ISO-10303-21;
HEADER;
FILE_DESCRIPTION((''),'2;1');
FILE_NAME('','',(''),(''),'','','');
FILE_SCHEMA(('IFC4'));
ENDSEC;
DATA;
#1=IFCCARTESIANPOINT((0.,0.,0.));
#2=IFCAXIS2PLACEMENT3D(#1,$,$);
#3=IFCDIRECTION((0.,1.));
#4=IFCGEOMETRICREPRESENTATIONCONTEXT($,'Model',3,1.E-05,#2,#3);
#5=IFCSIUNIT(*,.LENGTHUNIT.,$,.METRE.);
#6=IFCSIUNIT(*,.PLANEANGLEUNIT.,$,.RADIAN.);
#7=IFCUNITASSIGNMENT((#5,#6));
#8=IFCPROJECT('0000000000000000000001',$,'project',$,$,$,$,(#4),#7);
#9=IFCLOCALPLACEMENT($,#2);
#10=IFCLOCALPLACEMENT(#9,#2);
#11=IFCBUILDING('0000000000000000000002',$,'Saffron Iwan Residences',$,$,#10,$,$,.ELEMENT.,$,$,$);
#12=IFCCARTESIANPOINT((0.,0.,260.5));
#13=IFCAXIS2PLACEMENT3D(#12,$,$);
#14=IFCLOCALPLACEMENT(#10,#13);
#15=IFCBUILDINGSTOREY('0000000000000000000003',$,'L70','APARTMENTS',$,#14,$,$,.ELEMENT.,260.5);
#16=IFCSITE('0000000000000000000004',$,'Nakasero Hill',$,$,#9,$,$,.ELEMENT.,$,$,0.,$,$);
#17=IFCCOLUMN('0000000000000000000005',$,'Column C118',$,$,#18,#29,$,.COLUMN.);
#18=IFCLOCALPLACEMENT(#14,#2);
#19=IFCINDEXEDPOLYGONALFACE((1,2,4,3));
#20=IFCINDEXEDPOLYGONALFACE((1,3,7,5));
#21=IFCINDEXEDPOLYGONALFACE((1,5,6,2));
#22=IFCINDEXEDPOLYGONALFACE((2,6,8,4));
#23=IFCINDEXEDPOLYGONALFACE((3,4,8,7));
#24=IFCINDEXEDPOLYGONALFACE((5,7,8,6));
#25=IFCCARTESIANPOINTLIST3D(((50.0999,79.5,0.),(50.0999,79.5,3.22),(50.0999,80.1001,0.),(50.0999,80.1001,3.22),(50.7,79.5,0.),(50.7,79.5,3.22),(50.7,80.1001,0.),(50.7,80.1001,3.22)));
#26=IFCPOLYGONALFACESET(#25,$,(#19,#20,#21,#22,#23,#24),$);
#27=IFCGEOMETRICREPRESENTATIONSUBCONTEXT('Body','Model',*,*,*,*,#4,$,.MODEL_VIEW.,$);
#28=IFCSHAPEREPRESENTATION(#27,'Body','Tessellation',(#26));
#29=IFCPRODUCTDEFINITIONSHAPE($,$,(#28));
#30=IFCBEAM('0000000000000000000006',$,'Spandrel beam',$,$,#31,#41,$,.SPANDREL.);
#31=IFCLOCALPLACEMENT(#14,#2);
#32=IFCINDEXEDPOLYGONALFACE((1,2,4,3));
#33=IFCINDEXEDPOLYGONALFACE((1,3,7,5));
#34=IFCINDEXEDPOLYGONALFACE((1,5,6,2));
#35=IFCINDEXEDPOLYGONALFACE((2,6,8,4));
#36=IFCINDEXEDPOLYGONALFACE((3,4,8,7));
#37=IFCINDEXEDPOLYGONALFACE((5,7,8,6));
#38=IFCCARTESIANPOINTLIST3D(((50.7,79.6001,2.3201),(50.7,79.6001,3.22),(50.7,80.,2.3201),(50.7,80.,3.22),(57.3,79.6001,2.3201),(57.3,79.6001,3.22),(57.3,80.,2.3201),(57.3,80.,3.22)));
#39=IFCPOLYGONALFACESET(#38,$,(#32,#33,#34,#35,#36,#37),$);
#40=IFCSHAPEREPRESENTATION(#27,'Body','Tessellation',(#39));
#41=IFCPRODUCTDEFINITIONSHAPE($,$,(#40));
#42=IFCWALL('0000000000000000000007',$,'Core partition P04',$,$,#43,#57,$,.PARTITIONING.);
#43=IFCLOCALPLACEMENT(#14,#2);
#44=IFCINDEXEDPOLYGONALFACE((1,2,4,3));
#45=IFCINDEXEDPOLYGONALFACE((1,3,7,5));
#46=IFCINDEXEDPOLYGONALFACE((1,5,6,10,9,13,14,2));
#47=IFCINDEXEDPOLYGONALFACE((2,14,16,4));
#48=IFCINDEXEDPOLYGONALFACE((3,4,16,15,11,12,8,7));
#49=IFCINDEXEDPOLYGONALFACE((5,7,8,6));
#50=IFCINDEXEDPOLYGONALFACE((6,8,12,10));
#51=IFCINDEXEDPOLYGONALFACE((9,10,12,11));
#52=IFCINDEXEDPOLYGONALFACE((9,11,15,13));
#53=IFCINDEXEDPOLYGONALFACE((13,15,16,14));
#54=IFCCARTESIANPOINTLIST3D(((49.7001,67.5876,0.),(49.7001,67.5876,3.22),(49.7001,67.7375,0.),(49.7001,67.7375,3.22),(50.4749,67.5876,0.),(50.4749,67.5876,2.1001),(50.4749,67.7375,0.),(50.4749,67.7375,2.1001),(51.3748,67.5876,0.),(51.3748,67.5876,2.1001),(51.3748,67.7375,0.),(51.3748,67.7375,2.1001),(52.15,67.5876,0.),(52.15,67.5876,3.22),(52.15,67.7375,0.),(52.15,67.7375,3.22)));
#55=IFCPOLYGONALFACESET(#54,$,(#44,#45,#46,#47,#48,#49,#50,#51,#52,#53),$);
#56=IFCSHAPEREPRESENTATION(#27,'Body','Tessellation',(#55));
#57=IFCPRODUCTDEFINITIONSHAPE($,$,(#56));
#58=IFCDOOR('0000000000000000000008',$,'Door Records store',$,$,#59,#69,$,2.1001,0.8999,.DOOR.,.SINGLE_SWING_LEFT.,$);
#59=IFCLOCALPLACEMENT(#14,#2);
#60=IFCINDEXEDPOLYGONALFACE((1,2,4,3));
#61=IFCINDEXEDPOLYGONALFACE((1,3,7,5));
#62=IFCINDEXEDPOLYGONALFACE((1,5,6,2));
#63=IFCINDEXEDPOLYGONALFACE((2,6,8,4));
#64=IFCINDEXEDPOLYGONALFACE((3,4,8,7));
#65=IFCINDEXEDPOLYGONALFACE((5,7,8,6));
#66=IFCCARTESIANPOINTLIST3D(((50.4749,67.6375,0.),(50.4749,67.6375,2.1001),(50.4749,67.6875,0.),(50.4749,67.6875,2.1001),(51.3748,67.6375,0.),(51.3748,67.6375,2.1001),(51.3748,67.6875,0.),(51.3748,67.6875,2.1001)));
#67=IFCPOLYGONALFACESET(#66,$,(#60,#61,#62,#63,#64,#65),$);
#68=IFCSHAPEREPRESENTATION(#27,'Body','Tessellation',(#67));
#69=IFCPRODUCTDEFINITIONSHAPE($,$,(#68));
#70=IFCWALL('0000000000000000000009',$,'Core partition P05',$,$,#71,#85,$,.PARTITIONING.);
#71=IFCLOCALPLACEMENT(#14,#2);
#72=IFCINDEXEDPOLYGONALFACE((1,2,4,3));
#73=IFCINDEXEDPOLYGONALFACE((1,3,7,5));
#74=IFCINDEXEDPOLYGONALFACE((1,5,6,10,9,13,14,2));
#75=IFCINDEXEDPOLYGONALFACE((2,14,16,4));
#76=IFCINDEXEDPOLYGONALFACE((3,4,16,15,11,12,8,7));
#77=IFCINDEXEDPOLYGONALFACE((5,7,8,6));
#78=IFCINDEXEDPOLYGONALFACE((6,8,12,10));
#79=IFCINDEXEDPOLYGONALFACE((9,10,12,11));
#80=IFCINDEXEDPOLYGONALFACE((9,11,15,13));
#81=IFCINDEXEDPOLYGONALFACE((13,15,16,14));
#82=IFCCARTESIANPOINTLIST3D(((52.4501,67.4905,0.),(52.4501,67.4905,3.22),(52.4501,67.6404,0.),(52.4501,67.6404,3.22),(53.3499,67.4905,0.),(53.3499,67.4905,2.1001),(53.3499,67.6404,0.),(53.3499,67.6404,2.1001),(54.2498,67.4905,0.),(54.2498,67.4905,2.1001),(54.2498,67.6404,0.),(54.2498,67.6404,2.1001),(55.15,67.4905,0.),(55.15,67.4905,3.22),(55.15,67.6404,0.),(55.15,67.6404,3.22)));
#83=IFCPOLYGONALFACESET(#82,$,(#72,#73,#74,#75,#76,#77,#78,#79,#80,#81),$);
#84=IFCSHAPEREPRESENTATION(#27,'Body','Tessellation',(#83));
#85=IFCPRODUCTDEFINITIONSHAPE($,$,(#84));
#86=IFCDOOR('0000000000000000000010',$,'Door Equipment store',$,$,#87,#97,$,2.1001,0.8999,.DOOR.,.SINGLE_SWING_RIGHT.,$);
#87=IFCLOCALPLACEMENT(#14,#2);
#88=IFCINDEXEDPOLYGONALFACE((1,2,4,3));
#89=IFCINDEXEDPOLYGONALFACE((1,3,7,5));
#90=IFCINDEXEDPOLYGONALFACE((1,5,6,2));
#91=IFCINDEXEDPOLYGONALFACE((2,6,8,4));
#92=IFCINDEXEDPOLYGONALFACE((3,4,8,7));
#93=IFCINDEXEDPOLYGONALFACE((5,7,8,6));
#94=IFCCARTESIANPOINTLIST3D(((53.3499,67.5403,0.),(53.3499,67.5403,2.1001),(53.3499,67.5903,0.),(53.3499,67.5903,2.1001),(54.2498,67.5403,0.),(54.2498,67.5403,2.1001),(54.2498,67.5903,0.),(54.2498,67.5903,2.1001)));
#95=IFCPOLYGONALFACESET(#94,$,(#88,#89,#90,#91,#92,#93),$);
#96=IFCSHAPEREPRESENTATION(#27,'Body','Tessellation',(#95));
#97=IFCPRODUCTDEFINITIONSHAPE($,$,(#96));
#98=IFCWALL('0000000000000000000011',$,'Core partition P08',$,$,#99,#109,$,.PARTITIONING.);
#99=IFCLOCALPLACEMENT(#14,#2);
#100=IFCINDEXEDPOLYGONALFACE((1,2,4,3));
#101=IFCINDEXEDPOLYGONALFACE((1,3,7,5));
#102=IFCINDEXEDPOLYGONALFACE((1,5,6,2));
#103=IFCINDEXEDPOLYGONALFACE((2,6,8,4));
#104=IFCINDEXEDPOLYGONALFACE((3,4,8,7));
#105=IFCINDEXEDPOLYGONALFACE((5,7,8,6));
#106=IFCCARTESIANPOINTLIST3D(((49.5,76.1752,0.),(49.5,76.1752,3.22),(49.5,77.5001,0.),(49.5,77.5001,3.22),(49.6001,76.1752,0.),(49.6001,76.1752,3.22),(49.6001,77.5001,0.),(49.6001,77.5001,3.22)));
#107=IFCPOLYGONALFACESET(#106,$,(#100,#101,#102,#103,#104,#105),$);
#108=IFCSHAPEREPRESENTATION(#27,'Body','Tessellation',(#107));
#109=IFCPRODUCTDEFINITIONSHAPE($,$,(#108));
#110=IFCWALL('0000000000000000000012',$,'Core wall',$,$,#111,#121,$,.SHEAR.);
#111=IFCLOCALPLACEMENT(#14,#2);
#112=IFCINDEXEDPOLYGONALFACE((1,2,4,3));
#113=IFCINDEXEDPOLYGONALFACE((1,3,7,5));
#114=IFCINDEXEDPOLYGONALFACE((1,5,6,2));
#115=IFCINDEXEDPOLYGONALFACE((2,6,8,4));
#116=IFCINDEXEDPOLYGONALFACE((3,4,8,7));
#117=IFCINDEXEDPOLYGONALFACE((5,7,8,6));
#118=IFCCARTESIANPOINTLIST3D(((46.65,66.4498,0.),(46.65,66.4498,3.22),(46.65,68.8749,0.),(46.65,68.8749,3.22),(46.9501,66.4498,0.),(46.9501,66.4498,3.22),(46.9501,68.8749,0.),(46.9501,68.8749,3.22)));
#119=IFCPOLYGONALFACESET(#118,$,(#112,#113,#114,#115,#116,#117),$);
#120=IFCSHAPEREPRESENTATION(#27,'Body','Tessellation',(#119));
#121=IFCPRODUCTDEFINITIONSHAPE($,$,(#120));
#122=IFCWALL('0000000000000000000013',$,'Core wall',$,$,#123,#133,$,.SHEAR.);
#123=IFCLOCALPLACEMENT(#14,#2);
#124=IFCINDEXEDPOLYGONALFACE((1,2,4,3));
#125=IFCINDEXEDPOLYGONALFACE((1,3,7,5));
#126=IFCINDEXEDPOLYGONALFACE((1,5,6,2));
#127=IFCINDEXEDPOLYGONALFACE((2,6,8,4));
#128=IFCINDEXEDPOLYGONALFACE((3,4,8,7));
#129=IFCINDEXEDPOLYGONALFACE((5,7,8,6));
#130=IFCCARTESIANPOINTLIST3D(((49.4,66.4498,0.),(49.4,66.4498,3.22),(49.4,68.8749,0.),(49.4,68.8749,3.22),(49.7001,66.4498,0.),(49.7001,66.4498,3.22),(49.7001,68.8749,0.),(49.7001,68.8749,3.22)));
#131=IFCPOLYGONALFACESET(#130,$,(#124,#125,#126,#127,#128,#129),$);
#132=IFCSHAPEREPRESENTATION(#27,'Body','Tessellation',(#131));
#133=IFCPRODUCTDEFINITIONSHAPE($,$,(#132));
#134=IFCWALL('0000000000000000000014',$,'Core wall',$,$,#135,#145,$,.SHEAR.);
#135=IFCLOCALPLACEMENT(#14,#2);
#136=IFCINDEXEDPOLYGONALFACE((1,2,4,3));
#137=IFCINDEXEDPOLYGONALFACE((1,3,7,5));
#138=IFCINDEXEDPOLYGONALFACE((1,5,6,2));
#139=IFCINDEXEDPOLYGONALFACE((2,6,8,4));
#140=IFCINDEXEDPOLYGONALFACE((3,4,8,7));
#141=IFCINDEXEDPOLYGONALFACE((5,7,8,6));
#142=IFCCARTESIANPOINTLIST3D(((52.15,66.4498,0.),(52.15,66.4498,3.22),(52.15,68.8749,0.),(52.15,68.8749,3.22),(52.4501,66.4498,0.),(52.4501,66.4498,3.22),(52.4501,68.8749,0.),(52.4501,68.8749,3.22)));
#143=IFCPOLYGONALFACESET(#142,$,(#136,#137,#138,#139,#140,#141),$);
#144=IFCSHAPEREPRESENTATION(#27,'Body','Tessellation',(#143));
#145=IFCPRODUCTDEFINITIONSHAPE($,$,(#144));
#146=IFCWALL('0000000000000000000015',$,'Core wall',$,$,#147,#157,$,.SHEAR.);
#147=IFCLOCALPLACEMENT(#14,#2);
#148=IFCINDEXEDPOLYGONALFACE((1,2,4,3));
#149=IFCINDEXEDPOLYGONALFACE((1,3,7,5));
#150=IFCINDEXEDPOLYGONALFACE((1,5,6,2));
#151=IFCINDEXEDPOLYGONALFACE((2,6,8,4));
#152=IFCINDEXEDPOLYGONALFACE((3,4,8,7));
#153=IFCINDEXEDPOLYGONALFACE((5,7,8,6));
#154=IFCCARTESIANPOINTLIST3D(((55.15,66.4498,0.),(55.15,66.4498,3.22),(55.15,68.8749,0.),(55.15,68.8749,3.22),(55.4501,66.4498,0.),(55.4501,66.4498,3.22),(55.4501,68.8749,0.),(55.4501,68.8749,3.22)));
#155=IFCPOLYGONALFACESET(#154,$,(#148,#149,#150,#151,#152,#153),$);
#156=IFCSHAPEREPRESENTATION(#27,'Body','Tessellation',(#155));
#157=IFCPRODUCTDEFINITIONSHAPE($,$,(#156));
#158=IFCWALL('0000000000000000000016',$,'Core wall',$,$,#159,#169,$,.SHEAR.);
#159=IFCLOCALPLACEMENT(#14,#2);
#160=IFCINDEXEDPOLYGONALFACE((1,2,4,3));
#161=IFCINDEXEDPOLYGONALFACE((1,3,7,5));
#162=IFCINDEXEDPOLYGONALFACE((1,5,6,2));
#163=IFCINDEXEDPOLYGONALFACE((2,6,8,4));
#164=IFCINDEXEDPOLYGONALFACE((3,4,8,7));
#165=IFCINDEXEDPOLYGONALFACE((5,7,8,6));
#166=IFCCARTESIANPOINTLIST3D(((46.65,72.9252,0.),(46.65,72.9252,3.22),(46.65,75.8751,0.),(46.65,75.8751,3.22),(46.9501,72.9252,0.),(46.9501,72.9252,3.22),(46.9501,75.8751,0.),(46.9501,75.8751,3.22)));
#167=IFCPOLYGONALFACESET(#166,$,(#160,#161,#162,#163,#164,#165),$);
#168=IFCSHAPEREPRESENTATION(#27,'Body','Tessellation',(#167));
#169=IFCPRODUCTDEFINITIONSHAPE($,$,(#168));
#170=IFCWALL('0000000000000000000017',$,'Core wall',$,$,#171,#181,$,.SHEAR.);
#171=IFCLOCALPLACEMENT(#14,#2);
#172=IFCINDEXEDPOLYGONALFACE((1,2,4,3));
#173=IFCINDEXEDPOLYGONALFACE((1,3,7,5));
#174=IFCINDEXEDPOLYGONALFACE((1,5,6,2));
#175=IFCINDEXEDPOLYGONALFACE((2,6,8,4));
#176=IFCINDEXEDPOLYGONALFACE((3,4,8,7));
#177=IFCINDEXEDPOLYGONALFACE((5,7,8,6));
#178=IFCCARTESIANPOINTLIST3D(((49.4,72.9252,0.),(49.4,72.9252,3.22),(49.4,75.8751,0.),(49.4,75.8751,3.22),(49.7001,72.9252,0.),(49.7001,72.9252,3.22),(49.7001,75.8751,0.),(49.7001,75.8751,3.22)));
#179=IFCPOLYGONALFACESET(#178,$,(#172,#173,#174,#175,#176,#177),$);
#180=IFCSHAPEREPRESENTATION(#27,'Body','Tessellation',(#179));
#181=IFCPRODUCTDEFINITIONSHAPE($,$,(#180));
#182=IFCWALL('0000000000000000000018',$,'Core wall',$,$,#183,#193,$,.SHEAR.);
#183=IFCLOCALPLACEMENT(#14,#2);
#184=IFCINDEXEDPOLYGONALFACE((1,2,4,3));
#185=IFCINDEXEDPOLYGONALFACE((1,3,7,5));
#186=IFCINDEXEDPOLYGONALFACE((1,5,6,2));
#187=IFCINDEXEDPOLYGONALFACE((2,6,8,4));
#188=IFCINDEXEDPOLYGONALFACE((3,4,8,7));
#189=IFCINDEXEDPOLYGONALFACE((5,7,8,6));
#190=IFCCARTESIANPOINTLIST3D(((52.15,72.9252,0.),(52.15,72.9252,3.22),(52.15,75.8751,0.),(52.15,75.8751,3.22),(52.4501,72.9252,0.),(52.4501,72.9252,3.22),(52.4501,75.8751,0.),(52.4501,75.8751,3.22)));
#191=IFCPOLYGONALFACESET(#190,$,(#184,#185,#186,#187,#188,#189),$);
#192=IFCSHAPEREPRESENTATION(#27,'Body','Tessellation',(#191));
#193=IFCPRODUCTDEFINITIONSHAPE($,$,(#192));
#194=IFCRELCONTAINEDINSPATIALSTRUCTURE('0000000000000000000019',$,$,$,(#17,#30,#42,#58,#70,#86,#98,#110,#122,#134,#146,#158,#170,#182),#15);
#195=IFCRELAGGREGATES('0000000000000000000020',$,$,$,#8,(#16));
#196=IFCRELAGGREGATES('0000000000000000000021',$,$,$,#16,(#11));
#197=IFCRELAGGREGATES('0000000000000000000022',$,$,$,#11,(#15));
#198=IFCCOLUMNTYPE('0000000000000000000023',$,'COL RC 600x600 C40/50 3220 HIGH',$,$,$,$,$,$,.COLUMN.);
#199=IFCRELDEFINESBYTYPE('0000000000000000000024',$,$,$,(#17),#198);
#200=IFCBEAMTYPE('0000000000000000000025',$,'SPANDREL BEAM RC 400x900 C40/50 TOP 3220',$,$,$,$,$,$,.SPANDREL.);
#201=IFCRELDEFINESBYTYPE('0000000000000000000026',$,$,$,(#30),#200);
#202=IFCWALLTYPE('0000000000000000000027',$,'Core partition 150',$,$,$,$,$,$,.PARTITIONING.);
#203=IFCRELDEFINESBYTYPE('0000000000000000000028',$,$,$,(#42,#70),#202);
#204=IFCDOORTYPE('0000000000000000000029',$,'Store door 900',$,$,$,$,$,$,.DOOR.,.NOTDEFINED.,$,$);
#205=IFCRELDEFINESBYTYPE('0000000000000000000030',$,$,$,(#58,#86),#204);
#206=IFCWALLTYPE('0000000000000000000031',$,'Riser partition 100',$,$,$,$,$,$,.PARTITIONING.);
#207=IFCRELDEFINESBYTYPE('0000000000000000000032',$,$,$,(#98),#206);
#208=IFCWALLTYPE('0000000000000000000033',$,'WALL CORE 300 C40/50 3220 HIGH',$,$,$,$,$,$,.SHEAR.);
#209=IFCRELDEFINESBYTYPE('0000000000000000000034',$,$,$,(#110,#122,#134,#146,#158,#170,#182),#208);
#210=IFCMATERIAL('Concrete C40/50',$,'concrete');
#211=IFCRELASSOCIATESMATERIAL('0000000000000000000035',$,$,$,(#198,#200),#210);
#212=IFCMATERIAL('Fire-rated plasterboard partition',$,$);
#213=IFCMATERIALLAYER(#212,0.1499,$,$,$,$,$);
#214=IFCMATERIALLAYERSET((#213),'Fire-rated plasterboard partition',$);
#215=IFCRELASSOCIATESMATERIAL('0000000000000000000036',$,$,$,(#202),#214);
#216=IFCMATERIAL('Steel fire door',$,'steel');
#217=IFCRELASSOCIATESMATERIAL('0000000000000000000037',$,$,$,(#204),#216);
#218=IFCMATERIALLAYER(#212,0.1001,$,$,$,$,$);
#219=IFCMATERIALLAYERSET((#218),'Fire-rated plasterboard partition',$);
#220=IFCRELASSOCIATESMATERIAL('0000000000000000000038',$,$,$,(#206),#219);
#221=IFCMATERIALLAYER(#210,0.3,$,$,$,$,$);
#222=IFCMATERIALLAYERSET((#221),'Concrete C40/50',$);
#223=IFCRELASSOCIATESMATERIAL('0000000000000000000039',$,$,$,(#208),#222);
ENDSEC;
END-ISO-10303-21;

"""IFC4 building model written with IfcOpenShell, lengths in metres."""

from ifc_helpers import new_model, si_unit, direction, frame, frame_2d, origin, origin_2d, place, context, subcontext, project, spatial, rectangle, extrude, source, transform, mapped, material, layer, layer_set, material_profile, profile_set, type_object, element, fill, save


model = new_model("IFC4")

# Units and contexts
model_context = context("Model", 3, precision=1e-05, world=origin(), true_north=direction((0.0, 1.0)))
body_context = subcontext(model_context, "Body", "Model", "MODEL_VIEW")
ifc_project = project(units=[si_unit("LENGTHUNIT", "METRE"), si_unit("PLANEANGLEUNIT", "RADIAN")], contexts=[model_context])

# Site, building, storey
site_placement = place(None, origin())
site = spatial("IfcSite", under=ifc_project, at=site_placement, Name="Nakasero Hill", CompositionType="ELEMENT", RefElevation=0.0)
building_placement = place(site_placement, origin())
building = spatial("IfcBuilding", under=site, at=building_placement, Name="Saffron Iwan Residences", CompositionType="ELEMENT")
storey_placement = place(building_placement, frame((0.0, 0.0, 260.5)))
storey = spatial("IfcBuildingStorey", under=building, at=storey_placement, Name="L70", Description="APARTMENTS", CompositionType="ELEMENT", Elevation=260.5)

# Column
ifc_material_1 = material(Name="Concrete C40/50", Category="concrete")
ifc_material_profile_1 = material_profile(ifc_material_1, rectangle(XDim=0.6001, YDim=0.6001, at=origin_2d()), Name="RC 600x600")
ifc_profile_set_1 = profile_set([ifc_material_profile_1], Name="Concrete C40/50")
column_type = type_object("IfcColumnType", Name="COL RC 600x600 C40/50 3220 HIGH", PredefinedType="COLUMN", material=ifc_profile_set_1)
shared_shape_1 = source(origin(), body_context, "Body", "SweptSolid", [
    extrude(rectangle(XDim=0.6001, YDim=0.6001, at=origin_2d()), origin(), (0.0, 0.0, 1.0), 3.22),
])
column_placement = place(storey_placement, frame((50.3999, 79.8, 0.0), z_axis=(0.0, 0.0, 1.0), x_axis=(1.0, 0.0, 0.0)))
element("IfcColumn", 1, at=column_placement, inside=storey, type_object=column_type, Name="Column C118", PredefinedType="COLUMN", context=body_context, shape_type="MappedRepresentation", body=[
    mapped(shared_shape_1, transform((0.0, 0.0, 0.0))),
])

# Beam
ifc_material_profile_2 = material_profile(ifc_material_1, rectangle(XDim=0.3999, YDim=0.8999, at=origin_2d()), Name="RC 400x900")
ifc_profile_set_2 = profile_set([ifc_material_profile_2], Name="Concrete C40/50")
beam_type = type_object("IfcBeamType", Name="SPANDREL BEAM RC 400x900 C40/50 TOP 3220", PredefinedType="SPANDREL", material=ifc_profile_set_2)
shared_shape_2 = source(origin(), body_context, "Body", "SweptSolid", [
    extrude(rectangle(XDim=0.3999, YDim=0.8999, at=origin_2d()), origin(), (0.0, 0.0, 1.0), 6.6001),
])
beam_placement = place(storey_placement, frame((50.7, 79.8, 2.77), z_axis=(1.0, 0.0, 0.0), x_axis=(0.0, 1.0, 0.0)))
element("IfcBeam", 2, at=beam_placement, inside=storey, type_object=beam_type, Name="Spandrel beam", PredefinedType="SPANDREL", context=body_context, shape_type="MappedRepresentation", body=[
    mapped(shared_shape_2, transform((0.0, 0.0, 0.0))),
])

# Walls, openings, doors
ifc_material_2 = material(Name="Fire-rated plasterboard partition")
ifc_layer_1 = layer(ifc_material_2, 0.1499)
ifc_layer_set_1 = layer_set([ifc_layer_1], Name="Fire-rated plasterboard partition")
wall_type_1 = type_object("IfcWallType", Name="Core partition 150", PredefinedType="PARTITIONING", material=ifc_layer_set_1)
wall_1_placement = place(storey_placement, frame((49.7, 67.6626, 0.0), z_axis=(0.0, 0.0, 1.0), x_axis=(1.0, 0.0, 0.0)))
wall_1 = element("IfcWall", 3, at=wall_1_placement, inside=storey, type_object=wall_type_1, Name="Core partition P04", PredefinedType="PARTITIONING", context=body_context, shape_type="SweptSolid", body=[
    extrude(rectangle(XDim=2.45, YDim=0.1499, at=frame_2d((1.2251, 0.0))), origin(), (0.0, 0.0, 1.0), 3.22),
])
opening_1_placement = place(wall_1_placement, frame((0.7749, 0.0, 0.0)))
opening_1 = element("IfcOpeningElement", 4, at=opening_1_placement, cuts=wall_1, PredefinedType="OPENING", context=body_context, shape_type="SweptSolid", body=[
    extrude(rectangle(XDim=0.8999, YDim=2.1001, at=frame_2d((0.45, 1.05))), frame((0.0, 0.085, 0.0), z_axis=(0.0, -1.0, 0.0), x_axis=(1.0, 0.0, 0.0)), (0.0, 0.0, 1.0), 0.1699),
])
ifc_material_3 = material(Name="Steel fire door", Category="steel")
door_type = type_object("IfcDoorType", Name="Store door 900", OperationType="NOTDEFINED", PredefinedType="DOOR", material=ifc_material_3)
door_1_placement = place(opening_1_placement, origin())
door_1 = element("IfcDoor", 5, at=door_1_placement, inside=storey, type_object=door_type, Name="Door Records store", OperationType="SINGLE_SWING_LEFT", OverallHeight=2.1001, OverallWidth=0.8999, PredefinedType="DOOR", context=body_context, shape_type="SweptSolid", body=[
    extrude(rectangle(XDim=0.8999, YDim=2.1001, at=frame_2d((0.45, 1.05))), frame((0.0, 0.0249, 0.0), z_axis=(0.0, -1.0, 0.0), x_axis=(1.0, 0.0, 0.0)), (0.0, 0.0, 1.0), 0.05),
])
fill(opening_1, door_1)
wall_2_placement = place(storey_placement, frame((52.45, 67.5654, 0.0), z_axis=(0.0, 0.0, 1.0), x_axis=(1.0, 0.0, 0.0)))
wall_2 = element("IfcWall", 6, at=wall_2_placement, inside=storey, type_object=wall_type_1, Name="Core partition P05", PredefinedType="PARTITIONING", context=body_context, shape_type="SweptSolid", body=[
    extrude(rectangle(XDim=2.7, YDim=0.1499, at=frame_2d((1.3501, 0.0))), origin(), (0.0, 0.0, 1.0), 3.22),
])
opening_2_placement = place(wall_2_placement, frame((0.8999, 0.0, 0.0)))
opening_2 = element("IfcOpeningElement", 7, at=opening_2_placement, cuts=wall_2, PredefinedType="OPENING", context=body_context, shape_type="SweptSolid", body=[
    extrude(rectangle(XDim=0.8999, YDim=2.1001, at=frame_2d((0.45, 1.05))), frame((0.0, 0.085, 0.0), z_axis=(0.0, -1.0, 0.0), x_axis=(1.0, 0.0, 0.0)), (0.0, 0.0, 1.0), 0.1699),
])
door_2_placement = place(opening_2_placement, origin())
door_2 = element("IfcDoor", 8, at=door_2_placement, inside=storey, type_object=door_type, Name="Door Equipment store", OperationType="SINGLE_SWING_RIGHT", OverallHeight=2.1001, OverallWidth=0.8999, PredefinedType="DOOR", context=body_context, shape_type="SweptSolid", body=[
    extrude(rectangle(XDim=0.8999, YDim=2.1001, at=frame_2d((0.45, 1.05))), frame((0.0, 0.0249, 0.0), z_axis=(0.0, -1.0, 0.0), x_axis=(1.0, 0.0, 0.0)), (0.0, 0.0, 1.0), 0.05),
])
fill(opening_2, door_2)

# Walls
ifc_layer_2 = layer(ifc_material_2, 0.1001)
ifc_layer_set_2 = layer_set([ifc_layer_2], Name="Fire-rated plasterboard partition")
wall_type_2 = type_object("IfcWallType", Name="Riser partition 100", PredefinedType="PARTITIONING", material=ifc_layer_set_2)
wall_3_placement = place(storey_placement, frame((49.55, 76.175, 0.0), z_axis=(0.0, 0.0, 1.0), x_axis=(0.0, 1.0, 0.0)))
element("IfcWall", 9, at=wall_3_placement, inside=storey, type_object=wall_type_2, Name="Core partition P08", PredefinedType="PARTITIONING", context=body_context, shape_type="SweptSolid", body=[
    extrude(rectangle(XDim=1.325, YDim=0.1001, at=frame_2d((0.6626, 0.0))), origin(), (0.0, 0.0, 1.0), 3.22),
])
ifc_layer_3 = layer(ifc_material_1, 0.3)
ifc_layer_set_3 = layer_set([ifc_layer_3], Name="Concrete C40/50")
wall_type_3 = type_object("IfcWallType", Name="WALL CORE 300 C40/50 3220 HIGH", PredefinedType="SHEAR", material=ifc_layer_set_3)
for number, where, z_axis, x_axis, name in (
    (10, (46.8, 66.45, 0.0), (0.0, 0.0, 1.0), (0.0, 1.0, 0.0), "Core wall"),
    (11, (49.55, 66.45, 0.0), (0.0, 0.0, 1.0), (0.0, 1.0, 0.0), "Core wall"),
    (12, (52.3, 66.45, 0.0), (0.0, 0.0, 1.0), (0.0, 1.0, 0.0), "Core wall"),
    (13, (55.3, 66.45, 0.0), (0.0, 0.0, 1.0), (0.0, 1.0, 0.0), "Core wall"),
):
    element("IfcWall", number, at=place(storey_placement, frame(where, z_axis=z_axis, x_axis=x_axis)), inside=storey, type_object=wall_type_3, Name=name, PredefinedType="SHEAR", context=body_context, shape_type="SweptSolid", body=[
        extrude(rectangle(XDim=2.425, YDim=0.3, at=frame_2d((1.2124, 0.0))), origin(), (0.0, 0.0, 1.0), 3.22),
    ])
for number, where, z_axis, x_axis, name in (
    (14, (46.8, 72.925, 0.0), (0.0, 0.0, 1.0), (0.0, 1.0, 0.0), "Core wall"),
    (15, (49.55, 72.925, 0.0), (0.0, 0.0, 1.0), (0.0, 1.0, 0.0), "Core wall"),
    (16, (52.3, 72.925, 0.0), (0.0, 0.0, 1.0), (0.0, 1.0, 0.0), "Core wall"),
):
    element("IfcWall", number, at=place(storey_placement, frame(where, z_axis=z_axis, x_axis=x_axis)), inside=storey, type_object=wall_type_3, Name=name, PredefinedType="SHEAR", context=body_context, shape_type="SweptSolid", body=[
        extrude(rectangle(XDim=2.95, YDim=0.3, at=frame_2d((1.4751, 0.0))), origin(), (0.0, 0.0, 1.0), 3.22),
    ])

save(model, "model.ifc")
